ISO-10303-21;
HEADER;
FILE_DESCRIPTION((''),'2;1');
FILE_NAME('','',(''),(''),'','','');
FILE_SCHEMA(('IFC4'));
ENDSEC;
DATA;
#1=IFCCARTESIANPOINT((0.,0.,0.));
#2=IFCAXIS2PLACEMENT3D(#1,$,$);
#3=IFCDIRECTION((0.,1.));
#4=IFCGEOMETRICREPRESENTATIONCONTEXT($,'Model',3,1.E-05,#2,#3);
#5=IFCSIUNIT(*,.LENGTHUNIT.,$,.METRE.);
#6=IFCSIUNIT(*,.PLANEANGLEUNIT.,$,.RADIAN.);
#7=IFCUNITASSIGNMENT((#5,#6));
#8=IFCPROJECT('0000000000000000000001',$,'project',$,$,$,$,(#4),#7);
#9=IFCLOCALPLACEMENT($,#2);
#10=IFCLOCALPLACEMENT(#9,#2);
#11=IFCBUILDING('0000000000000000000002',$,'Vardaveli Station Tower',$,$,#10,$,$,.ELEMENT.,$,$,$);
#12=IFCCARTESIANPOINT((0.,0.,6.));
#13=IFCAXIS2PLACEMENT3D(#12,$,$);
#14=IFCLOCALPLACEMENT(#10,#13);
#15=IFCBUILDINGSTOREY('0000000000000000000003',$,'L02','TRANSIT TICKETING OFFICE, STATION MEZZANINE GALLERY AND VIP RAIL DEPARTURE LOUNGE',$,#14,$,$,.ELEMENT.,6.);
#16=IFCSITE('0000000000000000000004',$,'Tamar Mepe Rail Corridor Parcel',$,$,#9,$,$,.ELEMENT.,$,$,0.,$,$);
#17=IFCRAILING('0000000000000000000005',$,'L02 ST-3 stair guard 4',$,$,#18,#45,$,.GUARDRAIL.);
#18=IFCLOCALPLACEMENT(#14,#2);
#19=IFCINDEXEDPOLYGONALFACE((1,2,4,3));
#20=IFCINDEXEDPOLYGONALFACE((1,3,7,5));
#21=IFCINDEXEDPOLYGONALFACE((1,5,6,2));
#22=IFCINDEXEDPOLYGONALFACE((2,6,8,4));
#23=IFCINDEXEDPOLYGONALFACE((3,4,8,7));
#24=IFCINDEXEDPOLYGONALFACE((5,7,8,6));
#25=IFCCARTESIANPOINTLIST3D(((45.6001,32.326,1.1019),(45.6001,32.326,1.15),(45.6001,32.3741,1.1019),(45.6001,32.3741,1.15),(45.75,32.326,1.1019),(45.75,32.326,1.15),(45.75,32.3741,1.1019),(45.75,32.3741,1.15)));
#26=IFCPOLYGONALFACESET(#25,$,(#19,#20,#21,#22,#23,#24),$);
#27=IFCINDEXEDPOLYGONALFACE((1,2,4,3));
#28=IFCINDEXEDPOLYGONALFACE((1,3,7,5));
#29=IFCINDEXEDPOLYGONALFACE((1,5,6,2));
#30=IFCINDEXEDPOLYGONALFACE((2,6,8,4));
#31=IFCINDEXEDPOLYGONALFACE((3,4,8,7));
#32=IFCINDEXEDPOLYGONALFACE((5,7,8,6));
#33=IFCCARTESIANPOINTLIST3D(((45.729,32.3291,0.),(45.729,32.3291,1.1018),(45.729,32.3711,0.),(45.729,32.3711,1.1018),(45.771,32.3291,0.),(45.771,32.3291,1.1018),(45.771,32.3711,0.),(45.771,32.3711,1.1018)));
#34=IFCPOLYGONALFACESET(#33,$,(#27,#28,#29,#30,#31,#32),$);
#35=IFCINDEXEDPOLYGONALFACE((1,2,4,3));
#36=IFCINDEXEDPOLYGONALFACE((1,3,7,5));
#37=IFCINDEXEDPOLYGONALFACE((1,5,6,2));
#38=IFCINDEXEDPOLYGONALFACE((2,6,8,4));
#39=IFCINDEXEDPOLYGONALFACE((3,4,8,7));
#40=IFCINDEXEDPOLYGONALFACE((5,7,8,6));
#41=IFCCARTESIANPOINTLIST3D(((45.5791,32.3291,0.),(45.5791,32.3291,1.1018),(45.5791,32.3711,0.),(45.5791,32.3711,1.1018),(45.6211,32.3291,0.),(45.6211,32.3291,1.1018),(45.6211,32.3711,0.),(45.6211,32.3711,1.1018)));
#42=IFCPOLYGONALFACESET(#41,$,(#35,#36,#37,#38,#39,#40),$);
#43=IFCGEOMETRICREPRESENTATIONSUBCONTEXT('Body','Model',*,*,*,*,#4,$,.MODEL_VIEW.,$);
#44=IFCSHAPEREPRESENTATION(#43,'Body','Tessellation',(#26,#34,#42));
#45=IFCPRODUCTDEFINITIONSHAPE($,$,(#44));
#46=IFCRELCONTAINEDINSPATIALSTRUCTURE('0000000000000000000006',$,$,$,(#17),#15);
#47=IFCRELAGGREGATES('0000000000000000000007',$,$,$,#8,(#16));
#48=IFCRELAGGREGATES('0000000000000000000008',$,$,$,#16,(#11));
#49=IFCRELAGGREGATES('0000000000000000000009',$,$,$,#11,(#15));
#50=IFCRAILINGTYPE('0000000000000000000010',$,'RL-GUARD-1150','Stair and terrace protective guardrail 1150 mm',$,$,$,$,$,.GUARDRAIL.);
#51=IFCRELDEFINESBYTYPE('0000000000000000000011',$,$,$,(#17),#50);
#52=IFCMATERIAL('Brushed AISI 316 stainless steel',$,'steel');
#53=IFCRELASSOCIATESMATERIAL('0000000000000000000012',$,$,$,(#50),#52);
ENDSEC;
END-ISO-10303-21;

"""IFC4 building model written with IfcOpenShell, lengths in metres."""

from ifc_helpers import new_model, si_unit, direction, frame, origin, origin_2d, place, context, subcontext, project, spatial, rectangle, extrude, source, transform, mapped, material, type_object, element, save


model = new_model("IFC4")

# Units and contexts
model_context = context("Model", 3, precision=1e-05, world=origin(), true_north=direction((0.0, 1.0)))
body_context = subcontext(model_context, "Body", "Model", "MODEL_VIEW")
ifc_project = project(units=[si_unit("LENGTHUNIT", "METRE"), si_unit("PLANEANGLEUNIT", "RADIAN")], contexts=[model_context])

# Site, building, storey
site_placement = place(None, origin())
site = spatial("IfcSite", under=ifc_project, at=site_placement, Name="Tamar Mepe Rail Corridor Parcel", CompositionType="ELEMENT", RefElevation=0.0)
building_placement = place(site_placement, origin())
building = spatial("IfcBuilding", under=site, at=building_placement, Name="Vardaveli Station Tower", CompositionType="ELEMENT")
storey_placement = place(building_placement, frame((0.0, 0.0, 6.0)))
storey = spatial("IfcBuildingStorey", under=building, at=storey_placement, Name="L02", Description="TRANSIT TICKETING OFFICE, STATION MEZZANINE GALLERY AND VIP RAIL DEPARTURE LOUNGE", CompositionType="ELEMENT", Elevation=6.0)

# Railing
ifc_material_1 = material(Name="Brushed AISI 316 stainless steel", Category="steel")
railing_type = type_object("IfcRailingType", Name="RL-GUARD-1150", Description="Stair and terrace protective guardrail 1150 mm", PredefinedType="GUARDRAIL", material=ifc_material_1)
shared_shape_1 = source(origin(), body_context, "Body", "SweptSolid", [
    extrude(rectangle(XDim=0.0481, YDim=0.0481, at=origin_2d()), frame((0.0, 0.0, 1.126), z_axis=(-1.0, 0.0, 0.0), x_axis=(0.0, -1.0, 0.0)), (0.0, 0.0, 1.0), 0.1499),
    extrude(rectangle(XDim=0.042, YDim=0.042, at=origin_2d()), origin(), (0.0, 0.0, 1.0), 1.1018),
    extrude(rectangle(XDim=0.042, YDim=0.042, at=origin_2d()), frame((-0.1499, 0.0, 0.0)), (0.0, 0.0, 1.0), 1.1018),
])
railing_placement = place(storey_placement, frame((45.75, 32.3501, 0.0)))
element("IfcRailing", 1, at=railing_placement, inside=storey, type_object=railing_type, Name="L02 ST-3 stair guard 4", PredefinedType="GUARDRAIL", context=body_context, shape_type="MappedRepresentation", body=[
    mapped(shared_shape_1, transform((0.0, 0.0, 0.0), scale=1.0)),
])

save(model, "model.ifc")
